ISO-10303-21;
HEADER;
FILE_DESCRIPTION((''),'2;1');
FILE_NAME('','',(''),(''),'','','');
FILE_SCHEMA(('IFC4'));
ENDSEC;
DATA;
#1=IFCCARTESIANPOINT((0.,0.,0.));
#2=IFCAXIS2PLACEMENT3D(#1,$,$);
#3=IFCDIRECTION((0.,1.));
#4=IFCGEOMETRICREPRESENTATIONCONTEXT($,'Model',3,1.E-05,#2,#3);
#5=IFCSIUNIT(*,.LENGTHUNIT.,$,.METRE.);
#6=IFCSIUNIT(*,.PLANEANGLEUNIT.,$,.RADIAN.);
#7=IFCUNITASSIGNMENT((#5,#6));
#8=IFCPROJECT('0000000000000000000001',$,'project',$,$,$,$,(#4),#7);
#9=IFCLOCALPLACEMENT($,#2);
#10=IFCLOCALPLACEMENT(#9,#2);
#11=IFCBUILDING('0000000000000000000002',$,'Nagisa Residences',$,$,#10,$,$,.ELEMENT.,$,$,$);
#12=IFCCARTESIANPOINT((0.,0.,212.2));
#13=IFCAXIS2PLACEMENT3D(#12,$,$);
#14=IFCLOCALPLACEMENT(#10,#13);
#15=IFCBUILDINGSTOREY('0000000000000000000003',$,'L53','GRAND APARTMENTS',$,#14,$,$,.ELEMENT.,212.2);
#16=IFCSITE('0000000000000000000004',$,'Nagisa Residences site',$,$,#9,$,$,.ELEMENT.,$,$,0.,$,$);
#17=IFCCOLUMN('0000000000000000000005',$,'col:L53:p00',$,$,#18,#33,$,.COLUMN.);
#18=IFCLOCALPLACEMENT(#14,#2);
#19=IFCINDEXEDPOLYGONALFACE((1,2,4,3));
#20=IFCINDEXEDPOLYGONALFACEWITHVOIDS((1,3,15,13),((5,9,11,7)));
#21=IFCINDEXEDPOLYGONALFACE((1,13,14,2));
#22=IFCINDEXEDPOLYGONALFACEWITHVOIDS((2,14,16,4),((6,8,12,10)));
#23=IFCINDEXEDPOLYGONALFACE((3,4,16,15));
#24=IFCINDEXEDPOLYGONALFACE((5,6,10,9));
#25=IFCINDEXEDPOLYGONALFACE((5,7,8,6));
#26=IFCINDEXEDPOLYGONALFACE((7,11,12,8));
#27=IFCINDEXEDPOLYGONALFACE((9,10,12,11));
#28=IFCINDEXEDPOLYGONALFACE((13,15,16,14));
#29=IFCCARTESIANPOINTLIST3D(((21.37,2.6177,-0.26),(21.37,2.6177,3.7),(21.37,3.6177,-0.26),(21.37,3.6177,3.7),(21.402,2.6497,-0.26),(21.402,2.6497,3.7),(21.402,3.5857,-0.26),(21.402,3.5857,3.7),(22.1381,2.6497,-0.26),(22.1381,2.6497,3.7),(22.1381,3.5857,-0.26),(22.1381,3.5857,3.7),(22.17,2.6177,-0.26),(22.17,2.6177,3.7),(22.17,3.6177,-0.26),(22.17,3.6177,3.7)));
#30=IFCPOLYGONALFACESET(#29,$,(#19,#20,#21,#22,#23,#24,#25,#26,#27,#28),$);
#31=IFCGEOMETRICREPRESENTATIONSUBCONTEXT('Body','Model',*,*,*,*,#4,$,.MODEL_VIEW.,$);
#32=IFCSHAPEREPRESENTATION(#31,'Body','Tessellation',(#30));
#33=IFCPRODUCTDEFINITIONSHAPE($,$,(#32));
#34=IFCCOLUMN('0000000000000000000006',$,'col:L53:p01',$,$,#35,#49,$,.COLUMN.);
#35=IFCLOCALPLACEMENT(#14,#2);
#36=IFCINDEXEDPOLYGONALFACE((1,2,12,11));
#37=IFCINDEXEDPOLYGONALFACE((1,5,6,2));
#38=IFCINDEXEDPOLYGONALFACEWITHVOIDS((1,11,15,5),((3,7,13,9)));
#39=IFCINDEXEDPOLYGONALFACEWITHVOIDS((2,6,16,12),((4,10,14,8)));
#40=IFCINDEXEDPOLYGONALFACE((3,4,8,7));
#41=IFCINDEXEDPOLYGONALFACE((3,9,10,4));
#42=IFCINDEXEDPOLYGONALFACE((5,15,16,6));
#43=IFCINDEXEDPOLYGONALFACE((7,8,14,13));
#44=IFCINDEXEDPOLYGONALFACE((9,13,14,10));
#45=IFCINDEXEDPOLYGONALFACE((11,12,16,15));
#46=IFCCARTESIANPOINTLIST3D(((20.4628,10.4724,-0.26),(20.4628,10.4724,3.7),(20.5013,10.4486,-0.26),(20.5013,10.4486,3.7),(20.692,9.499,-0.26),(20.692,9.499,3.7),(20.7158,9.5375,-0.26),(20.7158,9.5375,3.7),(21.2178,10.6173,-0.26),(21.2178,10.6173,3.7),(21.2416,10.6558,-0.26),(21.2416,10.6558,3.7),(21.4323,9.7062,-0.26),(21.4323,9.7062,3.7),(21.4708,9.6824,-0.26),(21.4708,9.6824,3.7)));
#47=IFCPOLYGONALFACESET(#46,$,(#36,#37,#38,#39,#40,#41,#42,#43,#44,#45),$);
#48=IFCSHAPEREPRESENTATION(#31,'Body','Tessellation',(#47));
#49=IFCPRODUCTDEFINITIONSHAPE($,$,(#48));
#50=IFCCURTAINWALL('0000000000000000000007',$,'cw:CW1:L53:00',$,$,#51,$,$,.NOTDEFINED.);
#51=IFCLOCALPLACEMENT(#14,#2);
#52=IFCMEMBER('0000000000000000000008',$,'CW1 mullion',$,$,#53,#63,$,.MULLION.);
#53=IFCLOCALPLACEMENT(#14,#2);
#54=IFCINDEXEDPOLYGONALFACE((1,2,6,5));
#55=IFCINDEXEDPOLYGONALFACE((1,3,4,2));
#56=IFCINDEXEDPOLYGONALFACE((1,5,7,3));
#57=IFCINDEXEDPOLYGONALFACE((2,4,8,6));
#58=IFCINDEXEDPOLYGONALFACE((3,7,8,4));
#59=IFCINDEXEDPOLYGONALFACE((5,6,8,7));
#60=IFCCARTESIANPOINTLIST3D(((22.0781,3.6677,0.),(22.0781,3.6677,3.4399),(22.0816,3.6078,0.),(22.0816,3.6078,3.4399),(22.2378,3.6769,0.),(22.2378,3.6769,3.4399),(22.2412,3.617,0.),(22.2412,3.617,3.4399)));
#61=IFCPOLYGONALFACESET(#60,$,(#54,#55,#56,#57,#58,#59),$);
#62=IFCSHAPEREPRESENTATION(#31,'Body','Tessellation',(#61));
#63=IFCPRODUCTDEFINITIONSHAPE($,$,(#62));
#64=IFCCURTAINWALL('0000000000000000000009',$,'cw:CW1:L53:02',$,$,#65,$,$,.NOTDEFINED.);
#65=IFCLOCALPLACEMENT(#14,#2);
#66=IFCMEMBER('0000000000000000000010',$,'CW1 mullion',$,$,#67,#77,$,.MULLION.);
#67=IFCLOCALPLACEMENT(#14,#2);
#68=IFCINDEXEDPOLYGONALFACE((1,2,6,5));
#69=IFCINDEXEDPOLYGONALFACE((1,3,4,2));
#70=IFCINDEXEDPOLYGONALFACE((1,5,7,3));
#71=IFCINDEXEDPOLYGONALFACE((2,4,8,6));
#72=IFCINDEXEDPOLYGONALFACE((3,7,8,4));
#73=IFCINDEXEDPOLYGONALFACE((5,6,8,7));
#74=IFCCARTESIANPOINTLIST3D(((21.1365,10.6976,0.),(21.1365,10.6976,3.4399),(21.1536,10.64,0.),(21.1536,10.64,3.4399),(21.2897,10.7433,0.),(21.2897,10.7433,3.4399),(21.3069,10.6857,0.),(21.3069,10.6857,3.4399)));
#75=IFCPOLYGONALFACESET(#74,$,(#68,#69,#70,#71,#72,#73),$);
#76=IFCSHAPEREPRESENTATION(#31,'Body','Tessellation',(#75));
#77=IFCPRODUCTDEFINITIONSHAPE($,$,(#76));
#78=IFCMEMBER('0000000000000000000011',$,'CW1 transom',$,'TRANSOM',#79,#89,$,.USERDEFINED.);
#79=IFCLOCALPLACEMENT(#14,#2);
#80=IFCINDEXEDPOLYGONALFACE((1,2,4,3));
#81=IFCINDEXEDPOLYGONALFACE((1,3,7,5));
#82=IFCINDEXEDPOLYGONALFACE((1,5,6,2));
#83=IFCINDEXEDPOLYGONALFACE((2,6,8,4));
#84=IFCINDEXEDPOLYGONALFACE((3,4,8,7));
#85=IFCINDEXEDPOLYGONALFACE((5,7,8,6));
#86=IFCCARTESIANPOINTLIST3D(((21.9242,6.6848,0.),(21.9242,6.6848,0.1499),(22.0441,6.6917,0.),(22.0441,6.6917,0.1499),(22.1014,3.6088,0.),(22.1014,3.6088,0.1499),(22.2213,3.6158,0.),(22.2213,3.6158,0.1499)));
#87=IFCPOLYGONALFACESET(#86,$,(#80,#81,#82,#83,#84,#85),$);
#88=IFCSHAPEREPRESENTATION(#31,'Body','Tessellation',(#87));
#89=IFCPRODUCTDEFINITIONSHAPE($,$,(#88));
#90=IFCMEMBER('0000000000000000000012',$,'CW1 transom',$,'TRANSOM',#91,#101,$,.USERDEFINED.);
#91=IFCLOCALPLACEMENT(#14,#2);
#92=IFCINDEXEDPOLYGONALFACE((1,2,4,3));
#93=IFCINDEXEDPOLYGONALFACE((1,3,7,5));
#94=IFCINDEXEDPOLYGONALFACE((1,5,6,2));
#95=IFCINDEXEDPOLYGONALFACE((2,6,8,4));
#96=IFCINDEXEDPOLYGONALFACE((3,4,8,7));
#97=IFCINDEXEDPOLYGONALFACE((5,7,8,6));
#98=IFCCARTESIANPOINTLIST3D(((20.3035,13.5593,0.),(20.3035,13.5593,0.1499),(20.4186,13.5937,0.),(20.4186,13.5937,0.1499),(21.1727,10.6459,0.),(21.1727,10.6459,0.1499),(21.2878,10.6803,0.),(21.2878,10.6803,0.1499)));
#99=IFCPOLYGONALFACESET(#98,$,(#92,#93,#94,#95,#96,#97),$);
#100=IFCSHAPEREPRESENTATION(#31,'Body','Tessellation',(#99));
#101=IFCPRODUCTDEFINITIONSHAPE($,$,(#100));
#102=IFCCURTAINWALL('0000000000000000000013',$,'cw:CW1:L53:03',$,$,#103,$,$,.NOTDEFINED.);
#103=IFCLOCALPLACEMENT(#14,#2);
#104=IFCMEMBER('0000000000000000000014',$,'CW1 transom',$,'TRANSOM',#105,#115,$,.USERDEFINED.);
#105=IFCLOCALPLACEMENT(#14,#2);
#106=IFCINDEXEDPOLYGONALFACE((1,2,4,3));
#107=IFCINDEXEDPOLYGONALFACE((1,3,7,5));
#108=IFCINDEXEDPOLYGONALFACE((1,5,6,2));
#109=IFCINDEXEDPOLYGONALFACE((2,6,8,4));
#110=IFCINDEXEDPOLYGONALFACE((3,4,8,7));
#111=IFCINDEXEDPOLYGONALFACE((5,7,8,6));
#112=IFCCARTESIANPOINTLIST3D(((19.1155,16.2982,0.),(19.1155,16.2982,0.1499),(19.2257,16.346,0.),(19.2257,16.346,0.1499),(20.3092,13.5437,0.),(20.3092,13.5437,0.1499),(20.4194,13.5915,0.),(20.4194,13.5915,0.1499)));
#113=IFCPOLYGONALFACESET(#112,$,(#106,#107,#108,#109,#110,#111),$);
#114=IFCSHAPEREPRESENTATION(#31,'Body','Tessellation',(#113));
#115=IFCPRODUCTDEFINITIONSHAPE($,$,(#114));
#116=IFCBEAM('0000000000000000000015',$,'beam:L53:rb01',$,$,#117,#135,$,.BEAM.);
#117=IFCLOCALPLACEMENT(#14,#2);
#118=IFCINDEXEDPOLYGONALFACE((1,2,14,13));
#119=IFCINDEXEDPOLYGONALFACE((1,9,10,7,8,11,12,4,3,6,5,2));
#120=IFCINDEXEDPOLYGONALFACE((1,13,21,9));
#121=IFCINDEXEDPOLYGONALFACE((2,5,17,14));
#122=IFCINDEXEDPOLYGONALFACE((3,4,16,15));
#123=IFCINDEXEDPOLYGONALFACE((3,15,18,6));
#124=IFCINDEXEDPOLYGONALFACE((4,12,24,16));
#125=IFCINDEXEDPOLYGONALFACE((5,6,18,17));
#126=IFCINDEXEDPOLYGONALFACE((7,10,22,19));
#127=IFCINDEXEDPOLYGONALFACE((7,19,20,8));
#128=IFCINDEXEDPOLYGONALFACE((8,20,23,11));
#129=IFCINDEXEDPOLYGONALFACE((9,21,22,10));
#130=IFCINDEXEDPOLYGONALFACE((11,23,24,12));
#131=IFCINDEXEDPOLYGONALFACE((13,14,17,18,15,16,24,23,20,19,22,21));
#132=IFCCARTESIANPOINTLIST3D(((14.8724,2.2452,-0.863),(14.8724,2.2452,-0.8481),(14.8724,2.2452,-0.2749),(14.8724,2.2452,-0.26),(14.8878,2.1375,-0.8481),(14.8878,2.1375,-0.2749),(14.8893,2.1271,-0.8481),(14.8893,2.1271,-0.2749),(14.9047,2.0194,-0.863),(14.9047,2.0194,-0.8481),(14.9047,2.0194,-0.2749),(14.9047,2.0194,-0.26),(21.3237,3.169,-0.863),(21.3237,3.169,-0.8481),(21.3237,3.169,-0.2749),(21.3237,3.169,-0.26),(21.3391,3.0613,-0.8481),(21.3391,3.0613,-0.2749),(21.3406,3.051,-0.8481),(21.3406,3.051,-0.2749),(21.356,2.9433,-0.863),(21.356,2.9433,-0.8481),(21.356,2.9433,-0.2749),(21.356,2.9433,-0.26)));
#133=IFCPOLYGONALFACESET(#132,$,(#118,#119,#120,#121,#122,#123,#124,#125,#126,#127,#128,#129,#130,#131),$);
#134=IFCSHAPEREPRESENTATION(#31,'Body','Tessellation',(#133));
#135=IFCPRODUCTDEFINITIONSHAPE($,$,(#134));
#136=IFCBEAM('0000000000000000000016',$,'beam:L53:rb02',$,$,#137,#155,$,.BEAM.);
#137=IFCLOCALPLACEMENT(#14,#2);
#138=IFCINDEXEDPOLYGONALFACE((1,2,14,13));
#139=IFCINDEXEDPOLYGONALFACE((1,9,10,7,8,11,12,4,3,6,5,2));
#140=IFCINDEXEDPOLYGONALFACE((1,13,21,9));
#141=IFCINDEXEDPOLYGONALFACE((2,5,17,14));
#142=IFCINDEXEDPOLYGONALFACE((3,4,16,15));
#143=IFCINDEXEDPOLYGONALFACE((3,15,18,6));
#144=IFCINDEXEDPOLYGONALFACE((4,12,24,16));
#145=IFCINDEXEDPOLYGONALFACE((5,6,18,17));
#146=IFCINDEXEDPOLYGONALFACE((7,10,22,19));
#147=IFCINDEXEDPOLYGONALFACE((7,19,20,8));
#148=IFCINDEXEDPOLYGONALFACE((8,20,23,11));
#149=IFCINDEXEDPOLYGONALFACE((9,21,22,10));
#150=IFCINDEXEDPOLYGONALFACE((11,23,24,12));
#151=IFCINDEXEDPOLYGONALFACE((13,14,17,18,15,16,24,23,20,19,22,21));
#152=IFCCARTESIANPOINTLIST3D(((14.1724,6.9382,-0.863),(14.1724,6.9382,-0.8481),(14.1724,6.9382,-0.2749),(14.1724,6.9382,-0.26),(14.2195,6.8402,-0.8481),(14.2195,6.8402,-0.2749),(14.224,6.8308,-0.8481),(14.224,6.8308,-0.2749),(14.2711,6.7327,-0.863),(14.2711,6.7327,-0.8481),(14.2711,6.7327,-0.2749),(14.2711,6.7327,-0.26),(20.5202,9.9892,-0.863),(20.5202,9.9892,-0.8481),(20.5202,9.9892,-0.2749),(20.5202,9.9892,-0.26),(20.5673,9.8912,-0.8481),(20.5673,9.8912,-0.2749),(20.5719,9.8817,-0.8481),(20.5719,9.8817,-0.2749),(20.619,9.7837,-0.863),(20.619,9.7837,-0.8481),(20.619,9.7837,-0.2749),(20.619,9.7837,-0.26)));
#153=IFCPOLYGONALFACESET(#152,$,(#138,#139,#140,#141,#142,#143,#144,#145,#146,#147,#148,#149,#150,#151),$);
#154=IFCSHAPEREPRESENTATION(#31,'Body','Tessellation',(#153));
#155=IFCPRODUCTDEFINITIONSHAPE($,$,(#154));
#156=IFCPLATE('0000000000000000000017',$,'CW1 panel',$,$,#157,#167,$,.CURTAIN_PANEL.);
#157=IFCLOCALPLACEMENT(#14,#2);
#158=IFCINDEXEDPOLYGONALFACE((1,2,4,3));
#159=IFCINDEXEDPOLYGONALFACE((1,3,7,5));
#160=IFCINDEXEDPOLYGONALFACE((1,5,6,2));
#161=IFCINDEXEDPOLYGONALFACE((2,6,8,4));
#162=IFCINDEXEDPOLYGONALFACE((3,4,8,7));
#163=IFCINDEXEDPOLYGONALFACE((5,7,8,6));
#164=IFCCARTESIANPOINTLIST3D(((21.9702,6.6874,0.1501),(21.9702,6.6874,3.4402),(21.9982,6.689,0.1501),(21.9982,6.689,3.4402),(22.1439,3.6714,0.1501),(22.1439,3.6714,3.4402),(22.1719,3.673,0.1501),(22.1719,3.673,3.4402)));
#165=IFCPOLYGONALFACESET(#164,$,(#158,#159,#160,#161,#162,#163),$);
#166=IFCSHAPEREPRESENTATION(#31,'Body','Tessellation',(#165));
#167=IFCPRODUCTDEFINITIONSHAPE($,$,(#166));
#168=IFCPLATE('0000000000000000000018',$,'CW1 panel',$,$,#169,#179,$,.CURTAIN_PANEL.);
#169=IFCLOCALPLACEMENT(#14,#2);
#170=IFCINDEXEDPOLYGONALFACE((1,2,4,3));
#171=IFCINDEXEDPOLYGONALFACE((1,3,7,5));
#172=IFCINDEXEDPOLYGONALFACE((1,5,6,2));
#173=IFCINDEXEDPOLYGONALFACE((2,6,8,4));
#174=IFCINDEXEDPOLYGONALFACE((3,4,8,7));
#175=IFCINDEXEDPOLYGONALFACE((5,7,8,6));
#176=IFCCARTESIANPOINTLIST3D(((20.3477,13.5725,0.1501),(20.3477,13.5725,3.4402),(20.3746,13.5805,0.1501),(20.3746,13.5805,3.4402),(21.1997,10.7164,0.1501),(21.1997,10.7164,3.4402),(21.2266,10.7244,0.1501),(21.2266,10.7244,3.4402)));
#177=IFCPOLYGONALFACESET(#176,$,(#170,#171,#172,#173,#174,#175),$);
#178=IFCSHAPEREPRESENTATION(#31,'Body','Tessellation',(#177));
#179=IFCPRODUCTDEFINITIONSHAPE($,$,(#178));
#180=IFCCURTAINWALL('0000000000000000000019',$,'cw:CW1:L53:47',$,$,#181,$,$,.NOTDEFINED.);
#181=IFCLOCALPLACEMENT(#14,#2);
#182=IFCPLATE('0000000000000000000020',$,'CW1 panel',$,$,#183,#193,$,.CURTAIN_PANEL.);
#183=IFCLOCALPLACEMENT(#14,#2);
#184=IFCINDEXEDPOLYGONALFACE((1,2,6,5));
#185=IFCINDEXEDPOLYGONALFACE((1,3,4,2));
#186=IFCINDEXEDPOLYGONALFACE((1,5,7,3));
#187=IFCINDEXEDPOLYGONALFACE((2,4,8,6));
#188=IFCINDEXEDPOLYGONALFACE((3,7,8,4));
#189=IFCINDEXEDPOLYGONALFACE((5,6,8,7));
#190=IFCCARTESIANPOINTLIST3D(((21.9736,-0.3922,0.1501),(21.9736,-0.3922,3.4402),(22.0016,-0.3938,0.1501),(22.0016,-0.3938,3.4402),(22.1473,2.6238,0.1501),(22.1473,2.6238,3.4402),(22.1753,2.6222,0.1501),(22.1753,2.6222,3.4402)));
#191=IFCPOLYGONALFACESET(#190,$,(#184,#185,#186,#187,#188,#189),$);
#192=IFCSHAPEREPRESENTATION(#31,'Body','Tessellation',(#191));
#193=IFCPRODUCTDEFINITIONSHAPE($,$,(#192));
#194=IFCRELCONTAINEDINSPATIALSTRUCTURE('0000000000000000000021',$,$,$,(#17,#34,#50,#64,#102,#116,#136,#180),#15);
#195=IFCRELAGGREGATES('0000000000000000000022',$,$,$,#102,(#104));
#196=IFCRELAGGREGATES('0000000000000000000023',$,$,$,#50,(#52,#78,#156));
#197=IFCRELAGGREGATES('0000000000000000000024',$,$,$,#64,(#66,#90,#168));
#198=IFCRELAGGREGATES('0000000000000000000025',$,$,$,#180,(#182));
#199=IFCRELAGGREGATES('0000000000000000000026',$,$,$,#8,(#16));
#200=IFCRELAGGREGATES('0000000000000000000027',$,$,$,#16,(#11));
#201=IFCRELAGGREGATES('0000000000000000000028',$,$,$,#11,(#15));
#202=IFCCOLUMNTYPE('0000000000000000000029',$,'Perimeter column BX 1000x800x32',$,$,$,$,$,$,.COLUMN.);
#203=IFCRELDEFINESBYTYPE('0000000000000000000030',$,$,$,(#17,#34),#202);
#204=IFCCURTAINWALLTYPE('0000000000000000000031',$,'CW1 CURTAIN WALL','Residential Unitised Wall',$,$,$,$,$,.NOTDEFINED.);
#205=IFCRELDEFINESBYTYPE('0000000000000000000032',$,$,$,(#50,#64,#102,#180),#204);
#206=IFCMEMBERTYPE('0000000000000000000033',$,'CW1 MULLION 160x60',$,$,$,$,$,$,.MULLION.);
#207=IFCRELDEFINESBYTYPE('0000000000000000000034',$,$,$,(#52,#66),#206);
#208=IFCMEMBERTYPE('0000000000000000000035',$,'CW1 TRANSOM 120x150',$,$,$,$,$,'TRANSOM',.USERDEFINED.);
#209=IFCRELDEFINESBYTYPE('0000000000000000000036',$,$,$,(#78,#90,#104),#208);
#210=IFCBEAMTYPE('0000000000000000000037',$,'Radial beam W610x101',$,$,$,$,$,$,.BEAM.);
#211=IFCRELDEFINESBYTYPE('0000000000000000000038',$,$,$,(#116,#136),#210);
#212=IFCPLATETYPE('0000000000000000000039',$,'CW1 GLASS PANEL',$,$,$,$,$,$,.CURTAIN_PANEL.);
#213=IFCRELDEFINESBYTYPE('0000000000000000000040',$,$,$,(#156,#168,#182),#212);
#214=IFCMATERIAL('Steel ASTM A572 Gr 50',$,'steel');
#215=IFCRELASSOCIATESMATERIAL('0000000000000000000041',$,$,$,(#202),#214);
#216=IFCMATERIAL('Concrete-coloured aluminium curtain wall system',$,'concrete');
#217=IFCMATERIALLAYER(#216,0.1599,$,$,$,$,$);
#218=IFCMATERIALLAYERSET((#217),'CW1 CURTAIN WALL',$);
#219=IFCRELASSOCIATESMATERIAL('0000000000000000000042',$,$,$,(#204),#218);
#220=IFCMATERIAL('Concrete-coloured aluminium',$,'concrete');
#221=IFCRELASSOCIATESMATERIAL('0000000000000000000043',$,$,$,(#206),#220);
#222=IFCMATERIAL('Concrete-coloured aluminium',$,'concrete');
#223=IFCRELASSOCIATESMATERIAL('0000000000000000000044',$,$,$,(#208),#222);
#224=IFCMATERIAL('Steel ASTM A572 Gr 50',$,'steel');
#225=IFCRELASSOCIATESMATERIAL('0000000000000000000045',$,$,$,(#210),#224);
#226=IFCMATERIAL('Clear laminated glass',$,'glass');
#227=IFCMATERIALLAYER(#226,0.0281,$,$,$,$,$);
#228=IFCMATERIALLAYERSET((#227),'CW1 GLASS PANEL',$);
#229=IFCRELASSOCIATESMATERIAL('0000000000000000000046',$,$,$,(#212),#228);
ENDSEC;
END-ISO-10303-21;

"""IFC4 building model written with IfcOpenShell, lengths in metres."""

from ifc_helpers import new_model, si_unit, direction, frame, origin, origin_2d, place, context, subcontext, project, spatial, rectangle, hollow_rectangle, i_section, extrude, material, layer, layer_set, material_profile, profile_set, type_object, element, aggregate, save


model = new_model("IFC4")

# Units and contexts
model_context = context("Model", 3, precision=1e-05, world=origin(), true_north=direction((0.0, 1.0)))
body_context = subcontext(model_context, "Body", "Model", "MODEL_VIEW")
ifc_project = project(units=[si_unit("LENGTHUNIT", "METRE"), si_unit("PLANEANGLEUNIT", "RADIAN")], contexts=[model_context])

# Site, building, storey
site_placement = place(None, origin())
site = spatial("IfcSite", under=ifc_project, at=site_placement, Name="Nagisa Residences site", CompositionType="ELEMENT", RefElevation=0.0)
building_placement = place(site_placement, origin())
building = spatial("IfcBuilding", under=site, at=building_placement, Name="Nagisa Residences", CompositionType="ELEMENT")
storey_placement = place(building_placement, frame((0.0, 0.0, 212.2)))
storey = spatial("IfcBuildingStorey", under=building, at=storey_placement, Name="L53", Description="GRAND APARTMENTS", CompositionType="ELEMENT", Elevation=212.2)

# Columns
ifc_material_1 = material(Name="Steel ASTM A572 Gr 50", Category="steel")
ifc_material_profile_1 = material_profile(ifc_material_1, hollow_rectangle(XDim=1.0, YDim=0.8, WallThickness=0.032, at=origin_2d()), Name="BX 1000x800x32")
ifc_profile_set_1 = profile_set([ifc_material_profile_1], Name="Steel ASTM A572 Gr 50")
column_type = type_object("IfcColumnType", Name="Perimeter column BX 1000x800x32", PredefinedType="COLUMN", material=ifc_profile_set_1)
for number, where, z_axis, x_axis, name in (
    (1, (21.77, 3.1177, -0.26), (0.0, 0.0, 1.0), (0.0, 1.0, 0.0), "col:L53:p00"),
    (2, (20.9668, 10.0774, -0.26), (0.0, 0.0, 1.0), (-0.229202, 0.973379, 0.0), "col:L53:p01"),
):
    element("IfcColumn", number, at=place(storey_placement, frame(where, z_axis=z_axis, x_axis=x_axis)), inside=storey, type_object=column_type, Name=name, PredefinedType="COLUMN", context=body_context, shape_type="SweptSolid", body=[
        extrude(hollow_rectangle(XDim=1.0, YDim=0.8, WallThickness=0.032, at=origin_2d()), origin(), (0.0, 0.0, 1.0), 3.96),
    ])

# Curtain walls, members
ifc_material_2 = material(Name="Concrete-coloured aluminium curtain wall system", Category="concrete")
ifc_layer_1 = layer(ifc_material_2, 0.1599)
ifc_layer_set_1 = layer_set([ifc_layer_1], Name="CW1 CURTAIN WALL")
curtain_wall_type = type_object("IfcCurtainWallType", Name="CW1 CURTAIN WALL", Description="Residential Unitised Wall", PredefinedType="NOTDEFINED", material=ifc_layer_set_1)
curtain_wall_1_placement = place(storey_placement, origin())
curtain_wall_1 = element("IfcCurtainWall", 3, at=curtain_wall_1_placement, inside=storey, type_object=curtain_wall_type, Name="cw:CW1:L53:00", PredefinedType="NOTDEFINED")
ifc_material_3 = material(Name="Concrete-coloured aluminium", Category="concrete")
ifc_material_profile_2 = material_profile(ifc_material_3, rectangle(XDim=0.1599, YDim=0.0601, at=origin_2d()), Name="CW1 MULLION 160x60")
ifc_profile_set_2 = profile_set([ifc_material_profile_2], Name="Concrete-coloured aluminium")
member_type_1 = type_object("IfcMemberType", Name="CW1 MULLION 160x60", PredefinedType="MULLION", material=ifc_profile_set_2)
member_1_placement = place(storey_placement, frame((22.1597, 3.6423, 0.0), z_axis=(0.0, 0.0, 1.0), x_axis=(-0.998345, -0.057503, 0.0)))
member_1 = element("IfcMember", 4, at=member_1_placement, type_object=member_type_1, Name="CW1 mullion", PredefinedType="MULLION", context=body_context, shape_type="SweptSolid", body=[
    extrude(rectangle(XDim=0.1599, YDim=0.0601, at=origin_2d()), origin(), (0.0, 0.0, 1.0), 3.4399),
])
curtain_wall_2_placement = place(storey_placement, origin())
curtain_wall_2 = element("IfcCurtainWall", 5, at=curtain_wall_2_placement, inside=storey, type_object=curtain_wall_type, Name="cw:CW1:L53:02", PredefinedType="NOTDEFINED")
member_2_placement = place(storey_placement, frame((21.2217, 10.6917, 0.0), z_axis=(0.0, 0.0, 1.0), x_axis=(-0.958271, -0.28586, 0.0)))
member_2 = element("IfcMember", 6, at=member_2_placement, type_object=member_type_1, Name="CW1 mullion", PredefinedType="MULLION", context=body_context, shape_type="SweptSolid", body=[
    extrude(rectangle(XDim=0.1599, YDim=0.0601, at=origin_2d()), origin(), (0.0, 0.0, 1.0), 3.4399),
])

# Members
ifc_material_4 = material(Name="Concrete-coloured aluminium", Category="concrete")
ifc_material_profile_3 = material_profile(ifc_material_4, rectangle(XDim=0.1201, YDim=0.1499, at=origin_2d()), Name="CW1 TRANSOM 120x150")
ifc_profile_set_3 = profile_set([ifc_material_profile_3], Name="Concrete-coloured aluminium")
member_type_2 = type_object("IfcMemberType", Name="CW1 TRANSOM 120x150", ElementType="TRANSOM", PredefinedType="USERDEFINED", material=ifc_profile_set_3)
member_3_placement = place(storey_placement, frame((22.1614, 3.6123, 0.075), z_axis=(-0.057528, 0.998344, 0.0), x_axis=(-0.998344, -0.057528, 0.0)))
member_3 = element("IfcMember", 7, at=member_3_placement, type_object=member_type_2, Name="CW1 transom", ObjectType="TRANSOM", PredefinedType="USERDEFINED", context=body_context, shape_type="SweptSolid", body=[
    extrude(rectangle(XDim=0.1201, YDim=0.1499, at=origin_2d()), origin(), (0.0, 0.0, 1.0), 3.0811),
])
member_4_placement = place(storey_placement, frame((21.2302, 10.6631, 0.075), z_axis=(-0.285881, 0.958265, 0.0), x_axis=(-0.958265, -0.285881, 0.0)))
member_4 = element("IfcMember", 8, at=member_4_placement, type_object=member_type_2, Name="CW1 transom", ObjectType="TRANSOM", PredefinedType="USERDEFINED", context=body_context, shape_type="SweptSolid", body=[
    extrude(rectangle(XDim=0.1201, YDim=0.1499, at=origin_2d()), origin(), (0.0, 0.0, 1.0), 3.0403),
])

# Curtain wall, member
curtain_wall_3_placement = place(storey_placement, origin())
curtain_wall_3 = element("IfcCurtainWall", 9, at=curtain_wall_3_placement, inside=storey, type_object=curtain_wall_type, Name="cw:CW1:L53:03", PredefinedType="NOTDEFINED")
member_5_placement = place(storey_placement, frame((20.3643, 13.5676, 0.075), z_axis=(-0.397617, 0.917552, 0.0), x_axis=(-0.917552, -0.397617, 0.0)))
member_5 = element("IfcMember", 10, at=member_5_placement, type_object=member_type_2, Name="CW1 transom", ObjectType="TRANSOM", PredefinedType="USERDEFINED", context=body_context, shape_type="SweptSolid", body=[
    extrude(rectangle(XDim=0.1201, YDim=0.1499, at=origin_2d()), origin(), (0.0, 0.0, 1.0), 3.002),
])
aggregate(curtain_wall_3, [member_5])

# Beams
ifc_material_5 = material(Name="Steel ASTM A572 Gr 50", Category="steel")
ifc_material_profile_4 = material_profile(ifc_material_5, i_section(OverallWidth=0.228, OverallDepth=0.603, WebThickness=0.0105, FlangeThickness=0.0149, at=origin_2d()), Name="W610x101")
ifc_profile_set_4 = profile_set([ifc_material_profile_4], Name="Steel ASTM A572 Gr 50")
beam_type = type_object("IfcBeamType", Name="Radial beam W610x101", PredefinedType="BEAM", material=ifc_profile_set_4)
beam_1_placement = place(storey_placement, frame((21.3398, 3.0562, -0.5615), z_axis=(-0.989901, -0.141757, 0.0), x_axis=(0.141757, -0.989901, 0.0)))
element("IfcBeam", 11, at=beam_1_placement, inside=storey, type_object=beam_type, Name="beam:L53:rb01", PredefinedType="BEAM", context=body_context, shape_type="SweptSolid", body=[
    extrude(i_section(OverallWidth=0.228, OverallDepth=0.603, WebThickness=0.0105, FlangeThickness=0.0149, at=origin_2d()), origin(), (0.0, 0.0, 1.0), 6.5171),
])
beam_2_placement = place(storey_placement, frame((20.5696, 9.8865, -0.5615), z_axis=(-0.9013, -0.433196, 0.0), x_axis=(0.433196, -0.9013, 0.0)))
element("IfcBeam", 12, at=beam_2_placement, inside=storey, type_object=beam_type, Name="beam:L53:rb02", PredefinedType="BEAM", context=body_context, shape_type="SweptSolid", body=[
    extrude(i_section(OverallWidth=0.228, OverallDepth=0.603, WebThickness=0.0105, FlangeThickness=0.0149, at=origin_2d()), origin(), (0.0, 0.0, 1.0), 7.043),
])

# Plates
ifc_material_6 = material(Name="Clear laminated glass", Category="glass")
ifc_layer_2 = layer(ifc_material_6, 0.0281)
ifc_layer_set_2 = layer_set([ifc_layer_2], Name="CW1 GLASS PANEL")
plate_type = type_object("IfcPlateType", Name="CW1 GLASS PANEL", PredefinedType="CURTAIN_PANEL", material=ifc_layer_set_2)
plate_1_placement = place(storey_placement, frame((22.071, 5.1802, 0.1501), z_axis=(0.0, 0.0, 1.0), x_axis=(-0.057503, 0.998345, 0.0)))
plate_1 = element("IfcPlate", 13, at=plate_1_placement, type_object=plate_type, Name="CW1 panel", PredefinedType="CURTAIN_PANEL", context=body_context, shape_type="SweptSolid", body=[
    extrude(rectangle(XDim=3.021, YDim=0.0281, at=origin_2d()), origin(), (0.0, 0.0, 1.0), 3.29),
])
aggregate(curtain_wall_1, [member_1, member_3, plate_1])
plate_2_placement = place(storey_placement, frame((20.7871, 12.1484, 0.1501), z_axis=(0.0, 0.0, 1.0), x_axis=(-0.28586, 0.958271, 0.0)))
plate_2 = element("IfcPlate", 14, at=plate_2_placement, type_object=plate_type, Name="CW1 panel", PredefinedType="CURTAIN_PANEL", context=body_context, shape_type="SweptSolid", body=[
    extrude(rectangle(XDim=2.9805, YDim=0.0281, at=origin_2d()), origin(), (0.0, 0.0, 1.0), 3.29),
])
aggregate(curtain_wall_2, [member_2, member_4, plate_2])

# Curtain wall, plate
curtain_wall_4_placement = place(storey_placement, origin())
curtain_wall_4 = element("IfcCurtainWall", 15, at=curtain_wall_4_placement, inside=storey, type_object=curtain_wall_type, Name="cw:CW1:L53:47", PredefinedType="NOTDEFINED")
plate_3_placement = place(storey_placement, frame((22.0745, 1.115, 0.1501), z_axis=(0.0, 0.0, 1.0), x_axis=(0.057503, 0.998345, 0.0)))
plate_3 = element("IfcPlate", 16, at=plate_3_placement, type_object=plate_type, Name="CW1 panel", PredefinedType="CURTAIN_PANEL", context=body_context, shape_type="SweptSolid", body=[
    extrude(rectangle(XDim=3.021, YDim=0.0281, at=origin_2d()), origin(), (0.0, 0.0, 1.0), 3.29),
])
aggregate(curtain_wall_4, [plate_3])

save(model, "model.ifc")
